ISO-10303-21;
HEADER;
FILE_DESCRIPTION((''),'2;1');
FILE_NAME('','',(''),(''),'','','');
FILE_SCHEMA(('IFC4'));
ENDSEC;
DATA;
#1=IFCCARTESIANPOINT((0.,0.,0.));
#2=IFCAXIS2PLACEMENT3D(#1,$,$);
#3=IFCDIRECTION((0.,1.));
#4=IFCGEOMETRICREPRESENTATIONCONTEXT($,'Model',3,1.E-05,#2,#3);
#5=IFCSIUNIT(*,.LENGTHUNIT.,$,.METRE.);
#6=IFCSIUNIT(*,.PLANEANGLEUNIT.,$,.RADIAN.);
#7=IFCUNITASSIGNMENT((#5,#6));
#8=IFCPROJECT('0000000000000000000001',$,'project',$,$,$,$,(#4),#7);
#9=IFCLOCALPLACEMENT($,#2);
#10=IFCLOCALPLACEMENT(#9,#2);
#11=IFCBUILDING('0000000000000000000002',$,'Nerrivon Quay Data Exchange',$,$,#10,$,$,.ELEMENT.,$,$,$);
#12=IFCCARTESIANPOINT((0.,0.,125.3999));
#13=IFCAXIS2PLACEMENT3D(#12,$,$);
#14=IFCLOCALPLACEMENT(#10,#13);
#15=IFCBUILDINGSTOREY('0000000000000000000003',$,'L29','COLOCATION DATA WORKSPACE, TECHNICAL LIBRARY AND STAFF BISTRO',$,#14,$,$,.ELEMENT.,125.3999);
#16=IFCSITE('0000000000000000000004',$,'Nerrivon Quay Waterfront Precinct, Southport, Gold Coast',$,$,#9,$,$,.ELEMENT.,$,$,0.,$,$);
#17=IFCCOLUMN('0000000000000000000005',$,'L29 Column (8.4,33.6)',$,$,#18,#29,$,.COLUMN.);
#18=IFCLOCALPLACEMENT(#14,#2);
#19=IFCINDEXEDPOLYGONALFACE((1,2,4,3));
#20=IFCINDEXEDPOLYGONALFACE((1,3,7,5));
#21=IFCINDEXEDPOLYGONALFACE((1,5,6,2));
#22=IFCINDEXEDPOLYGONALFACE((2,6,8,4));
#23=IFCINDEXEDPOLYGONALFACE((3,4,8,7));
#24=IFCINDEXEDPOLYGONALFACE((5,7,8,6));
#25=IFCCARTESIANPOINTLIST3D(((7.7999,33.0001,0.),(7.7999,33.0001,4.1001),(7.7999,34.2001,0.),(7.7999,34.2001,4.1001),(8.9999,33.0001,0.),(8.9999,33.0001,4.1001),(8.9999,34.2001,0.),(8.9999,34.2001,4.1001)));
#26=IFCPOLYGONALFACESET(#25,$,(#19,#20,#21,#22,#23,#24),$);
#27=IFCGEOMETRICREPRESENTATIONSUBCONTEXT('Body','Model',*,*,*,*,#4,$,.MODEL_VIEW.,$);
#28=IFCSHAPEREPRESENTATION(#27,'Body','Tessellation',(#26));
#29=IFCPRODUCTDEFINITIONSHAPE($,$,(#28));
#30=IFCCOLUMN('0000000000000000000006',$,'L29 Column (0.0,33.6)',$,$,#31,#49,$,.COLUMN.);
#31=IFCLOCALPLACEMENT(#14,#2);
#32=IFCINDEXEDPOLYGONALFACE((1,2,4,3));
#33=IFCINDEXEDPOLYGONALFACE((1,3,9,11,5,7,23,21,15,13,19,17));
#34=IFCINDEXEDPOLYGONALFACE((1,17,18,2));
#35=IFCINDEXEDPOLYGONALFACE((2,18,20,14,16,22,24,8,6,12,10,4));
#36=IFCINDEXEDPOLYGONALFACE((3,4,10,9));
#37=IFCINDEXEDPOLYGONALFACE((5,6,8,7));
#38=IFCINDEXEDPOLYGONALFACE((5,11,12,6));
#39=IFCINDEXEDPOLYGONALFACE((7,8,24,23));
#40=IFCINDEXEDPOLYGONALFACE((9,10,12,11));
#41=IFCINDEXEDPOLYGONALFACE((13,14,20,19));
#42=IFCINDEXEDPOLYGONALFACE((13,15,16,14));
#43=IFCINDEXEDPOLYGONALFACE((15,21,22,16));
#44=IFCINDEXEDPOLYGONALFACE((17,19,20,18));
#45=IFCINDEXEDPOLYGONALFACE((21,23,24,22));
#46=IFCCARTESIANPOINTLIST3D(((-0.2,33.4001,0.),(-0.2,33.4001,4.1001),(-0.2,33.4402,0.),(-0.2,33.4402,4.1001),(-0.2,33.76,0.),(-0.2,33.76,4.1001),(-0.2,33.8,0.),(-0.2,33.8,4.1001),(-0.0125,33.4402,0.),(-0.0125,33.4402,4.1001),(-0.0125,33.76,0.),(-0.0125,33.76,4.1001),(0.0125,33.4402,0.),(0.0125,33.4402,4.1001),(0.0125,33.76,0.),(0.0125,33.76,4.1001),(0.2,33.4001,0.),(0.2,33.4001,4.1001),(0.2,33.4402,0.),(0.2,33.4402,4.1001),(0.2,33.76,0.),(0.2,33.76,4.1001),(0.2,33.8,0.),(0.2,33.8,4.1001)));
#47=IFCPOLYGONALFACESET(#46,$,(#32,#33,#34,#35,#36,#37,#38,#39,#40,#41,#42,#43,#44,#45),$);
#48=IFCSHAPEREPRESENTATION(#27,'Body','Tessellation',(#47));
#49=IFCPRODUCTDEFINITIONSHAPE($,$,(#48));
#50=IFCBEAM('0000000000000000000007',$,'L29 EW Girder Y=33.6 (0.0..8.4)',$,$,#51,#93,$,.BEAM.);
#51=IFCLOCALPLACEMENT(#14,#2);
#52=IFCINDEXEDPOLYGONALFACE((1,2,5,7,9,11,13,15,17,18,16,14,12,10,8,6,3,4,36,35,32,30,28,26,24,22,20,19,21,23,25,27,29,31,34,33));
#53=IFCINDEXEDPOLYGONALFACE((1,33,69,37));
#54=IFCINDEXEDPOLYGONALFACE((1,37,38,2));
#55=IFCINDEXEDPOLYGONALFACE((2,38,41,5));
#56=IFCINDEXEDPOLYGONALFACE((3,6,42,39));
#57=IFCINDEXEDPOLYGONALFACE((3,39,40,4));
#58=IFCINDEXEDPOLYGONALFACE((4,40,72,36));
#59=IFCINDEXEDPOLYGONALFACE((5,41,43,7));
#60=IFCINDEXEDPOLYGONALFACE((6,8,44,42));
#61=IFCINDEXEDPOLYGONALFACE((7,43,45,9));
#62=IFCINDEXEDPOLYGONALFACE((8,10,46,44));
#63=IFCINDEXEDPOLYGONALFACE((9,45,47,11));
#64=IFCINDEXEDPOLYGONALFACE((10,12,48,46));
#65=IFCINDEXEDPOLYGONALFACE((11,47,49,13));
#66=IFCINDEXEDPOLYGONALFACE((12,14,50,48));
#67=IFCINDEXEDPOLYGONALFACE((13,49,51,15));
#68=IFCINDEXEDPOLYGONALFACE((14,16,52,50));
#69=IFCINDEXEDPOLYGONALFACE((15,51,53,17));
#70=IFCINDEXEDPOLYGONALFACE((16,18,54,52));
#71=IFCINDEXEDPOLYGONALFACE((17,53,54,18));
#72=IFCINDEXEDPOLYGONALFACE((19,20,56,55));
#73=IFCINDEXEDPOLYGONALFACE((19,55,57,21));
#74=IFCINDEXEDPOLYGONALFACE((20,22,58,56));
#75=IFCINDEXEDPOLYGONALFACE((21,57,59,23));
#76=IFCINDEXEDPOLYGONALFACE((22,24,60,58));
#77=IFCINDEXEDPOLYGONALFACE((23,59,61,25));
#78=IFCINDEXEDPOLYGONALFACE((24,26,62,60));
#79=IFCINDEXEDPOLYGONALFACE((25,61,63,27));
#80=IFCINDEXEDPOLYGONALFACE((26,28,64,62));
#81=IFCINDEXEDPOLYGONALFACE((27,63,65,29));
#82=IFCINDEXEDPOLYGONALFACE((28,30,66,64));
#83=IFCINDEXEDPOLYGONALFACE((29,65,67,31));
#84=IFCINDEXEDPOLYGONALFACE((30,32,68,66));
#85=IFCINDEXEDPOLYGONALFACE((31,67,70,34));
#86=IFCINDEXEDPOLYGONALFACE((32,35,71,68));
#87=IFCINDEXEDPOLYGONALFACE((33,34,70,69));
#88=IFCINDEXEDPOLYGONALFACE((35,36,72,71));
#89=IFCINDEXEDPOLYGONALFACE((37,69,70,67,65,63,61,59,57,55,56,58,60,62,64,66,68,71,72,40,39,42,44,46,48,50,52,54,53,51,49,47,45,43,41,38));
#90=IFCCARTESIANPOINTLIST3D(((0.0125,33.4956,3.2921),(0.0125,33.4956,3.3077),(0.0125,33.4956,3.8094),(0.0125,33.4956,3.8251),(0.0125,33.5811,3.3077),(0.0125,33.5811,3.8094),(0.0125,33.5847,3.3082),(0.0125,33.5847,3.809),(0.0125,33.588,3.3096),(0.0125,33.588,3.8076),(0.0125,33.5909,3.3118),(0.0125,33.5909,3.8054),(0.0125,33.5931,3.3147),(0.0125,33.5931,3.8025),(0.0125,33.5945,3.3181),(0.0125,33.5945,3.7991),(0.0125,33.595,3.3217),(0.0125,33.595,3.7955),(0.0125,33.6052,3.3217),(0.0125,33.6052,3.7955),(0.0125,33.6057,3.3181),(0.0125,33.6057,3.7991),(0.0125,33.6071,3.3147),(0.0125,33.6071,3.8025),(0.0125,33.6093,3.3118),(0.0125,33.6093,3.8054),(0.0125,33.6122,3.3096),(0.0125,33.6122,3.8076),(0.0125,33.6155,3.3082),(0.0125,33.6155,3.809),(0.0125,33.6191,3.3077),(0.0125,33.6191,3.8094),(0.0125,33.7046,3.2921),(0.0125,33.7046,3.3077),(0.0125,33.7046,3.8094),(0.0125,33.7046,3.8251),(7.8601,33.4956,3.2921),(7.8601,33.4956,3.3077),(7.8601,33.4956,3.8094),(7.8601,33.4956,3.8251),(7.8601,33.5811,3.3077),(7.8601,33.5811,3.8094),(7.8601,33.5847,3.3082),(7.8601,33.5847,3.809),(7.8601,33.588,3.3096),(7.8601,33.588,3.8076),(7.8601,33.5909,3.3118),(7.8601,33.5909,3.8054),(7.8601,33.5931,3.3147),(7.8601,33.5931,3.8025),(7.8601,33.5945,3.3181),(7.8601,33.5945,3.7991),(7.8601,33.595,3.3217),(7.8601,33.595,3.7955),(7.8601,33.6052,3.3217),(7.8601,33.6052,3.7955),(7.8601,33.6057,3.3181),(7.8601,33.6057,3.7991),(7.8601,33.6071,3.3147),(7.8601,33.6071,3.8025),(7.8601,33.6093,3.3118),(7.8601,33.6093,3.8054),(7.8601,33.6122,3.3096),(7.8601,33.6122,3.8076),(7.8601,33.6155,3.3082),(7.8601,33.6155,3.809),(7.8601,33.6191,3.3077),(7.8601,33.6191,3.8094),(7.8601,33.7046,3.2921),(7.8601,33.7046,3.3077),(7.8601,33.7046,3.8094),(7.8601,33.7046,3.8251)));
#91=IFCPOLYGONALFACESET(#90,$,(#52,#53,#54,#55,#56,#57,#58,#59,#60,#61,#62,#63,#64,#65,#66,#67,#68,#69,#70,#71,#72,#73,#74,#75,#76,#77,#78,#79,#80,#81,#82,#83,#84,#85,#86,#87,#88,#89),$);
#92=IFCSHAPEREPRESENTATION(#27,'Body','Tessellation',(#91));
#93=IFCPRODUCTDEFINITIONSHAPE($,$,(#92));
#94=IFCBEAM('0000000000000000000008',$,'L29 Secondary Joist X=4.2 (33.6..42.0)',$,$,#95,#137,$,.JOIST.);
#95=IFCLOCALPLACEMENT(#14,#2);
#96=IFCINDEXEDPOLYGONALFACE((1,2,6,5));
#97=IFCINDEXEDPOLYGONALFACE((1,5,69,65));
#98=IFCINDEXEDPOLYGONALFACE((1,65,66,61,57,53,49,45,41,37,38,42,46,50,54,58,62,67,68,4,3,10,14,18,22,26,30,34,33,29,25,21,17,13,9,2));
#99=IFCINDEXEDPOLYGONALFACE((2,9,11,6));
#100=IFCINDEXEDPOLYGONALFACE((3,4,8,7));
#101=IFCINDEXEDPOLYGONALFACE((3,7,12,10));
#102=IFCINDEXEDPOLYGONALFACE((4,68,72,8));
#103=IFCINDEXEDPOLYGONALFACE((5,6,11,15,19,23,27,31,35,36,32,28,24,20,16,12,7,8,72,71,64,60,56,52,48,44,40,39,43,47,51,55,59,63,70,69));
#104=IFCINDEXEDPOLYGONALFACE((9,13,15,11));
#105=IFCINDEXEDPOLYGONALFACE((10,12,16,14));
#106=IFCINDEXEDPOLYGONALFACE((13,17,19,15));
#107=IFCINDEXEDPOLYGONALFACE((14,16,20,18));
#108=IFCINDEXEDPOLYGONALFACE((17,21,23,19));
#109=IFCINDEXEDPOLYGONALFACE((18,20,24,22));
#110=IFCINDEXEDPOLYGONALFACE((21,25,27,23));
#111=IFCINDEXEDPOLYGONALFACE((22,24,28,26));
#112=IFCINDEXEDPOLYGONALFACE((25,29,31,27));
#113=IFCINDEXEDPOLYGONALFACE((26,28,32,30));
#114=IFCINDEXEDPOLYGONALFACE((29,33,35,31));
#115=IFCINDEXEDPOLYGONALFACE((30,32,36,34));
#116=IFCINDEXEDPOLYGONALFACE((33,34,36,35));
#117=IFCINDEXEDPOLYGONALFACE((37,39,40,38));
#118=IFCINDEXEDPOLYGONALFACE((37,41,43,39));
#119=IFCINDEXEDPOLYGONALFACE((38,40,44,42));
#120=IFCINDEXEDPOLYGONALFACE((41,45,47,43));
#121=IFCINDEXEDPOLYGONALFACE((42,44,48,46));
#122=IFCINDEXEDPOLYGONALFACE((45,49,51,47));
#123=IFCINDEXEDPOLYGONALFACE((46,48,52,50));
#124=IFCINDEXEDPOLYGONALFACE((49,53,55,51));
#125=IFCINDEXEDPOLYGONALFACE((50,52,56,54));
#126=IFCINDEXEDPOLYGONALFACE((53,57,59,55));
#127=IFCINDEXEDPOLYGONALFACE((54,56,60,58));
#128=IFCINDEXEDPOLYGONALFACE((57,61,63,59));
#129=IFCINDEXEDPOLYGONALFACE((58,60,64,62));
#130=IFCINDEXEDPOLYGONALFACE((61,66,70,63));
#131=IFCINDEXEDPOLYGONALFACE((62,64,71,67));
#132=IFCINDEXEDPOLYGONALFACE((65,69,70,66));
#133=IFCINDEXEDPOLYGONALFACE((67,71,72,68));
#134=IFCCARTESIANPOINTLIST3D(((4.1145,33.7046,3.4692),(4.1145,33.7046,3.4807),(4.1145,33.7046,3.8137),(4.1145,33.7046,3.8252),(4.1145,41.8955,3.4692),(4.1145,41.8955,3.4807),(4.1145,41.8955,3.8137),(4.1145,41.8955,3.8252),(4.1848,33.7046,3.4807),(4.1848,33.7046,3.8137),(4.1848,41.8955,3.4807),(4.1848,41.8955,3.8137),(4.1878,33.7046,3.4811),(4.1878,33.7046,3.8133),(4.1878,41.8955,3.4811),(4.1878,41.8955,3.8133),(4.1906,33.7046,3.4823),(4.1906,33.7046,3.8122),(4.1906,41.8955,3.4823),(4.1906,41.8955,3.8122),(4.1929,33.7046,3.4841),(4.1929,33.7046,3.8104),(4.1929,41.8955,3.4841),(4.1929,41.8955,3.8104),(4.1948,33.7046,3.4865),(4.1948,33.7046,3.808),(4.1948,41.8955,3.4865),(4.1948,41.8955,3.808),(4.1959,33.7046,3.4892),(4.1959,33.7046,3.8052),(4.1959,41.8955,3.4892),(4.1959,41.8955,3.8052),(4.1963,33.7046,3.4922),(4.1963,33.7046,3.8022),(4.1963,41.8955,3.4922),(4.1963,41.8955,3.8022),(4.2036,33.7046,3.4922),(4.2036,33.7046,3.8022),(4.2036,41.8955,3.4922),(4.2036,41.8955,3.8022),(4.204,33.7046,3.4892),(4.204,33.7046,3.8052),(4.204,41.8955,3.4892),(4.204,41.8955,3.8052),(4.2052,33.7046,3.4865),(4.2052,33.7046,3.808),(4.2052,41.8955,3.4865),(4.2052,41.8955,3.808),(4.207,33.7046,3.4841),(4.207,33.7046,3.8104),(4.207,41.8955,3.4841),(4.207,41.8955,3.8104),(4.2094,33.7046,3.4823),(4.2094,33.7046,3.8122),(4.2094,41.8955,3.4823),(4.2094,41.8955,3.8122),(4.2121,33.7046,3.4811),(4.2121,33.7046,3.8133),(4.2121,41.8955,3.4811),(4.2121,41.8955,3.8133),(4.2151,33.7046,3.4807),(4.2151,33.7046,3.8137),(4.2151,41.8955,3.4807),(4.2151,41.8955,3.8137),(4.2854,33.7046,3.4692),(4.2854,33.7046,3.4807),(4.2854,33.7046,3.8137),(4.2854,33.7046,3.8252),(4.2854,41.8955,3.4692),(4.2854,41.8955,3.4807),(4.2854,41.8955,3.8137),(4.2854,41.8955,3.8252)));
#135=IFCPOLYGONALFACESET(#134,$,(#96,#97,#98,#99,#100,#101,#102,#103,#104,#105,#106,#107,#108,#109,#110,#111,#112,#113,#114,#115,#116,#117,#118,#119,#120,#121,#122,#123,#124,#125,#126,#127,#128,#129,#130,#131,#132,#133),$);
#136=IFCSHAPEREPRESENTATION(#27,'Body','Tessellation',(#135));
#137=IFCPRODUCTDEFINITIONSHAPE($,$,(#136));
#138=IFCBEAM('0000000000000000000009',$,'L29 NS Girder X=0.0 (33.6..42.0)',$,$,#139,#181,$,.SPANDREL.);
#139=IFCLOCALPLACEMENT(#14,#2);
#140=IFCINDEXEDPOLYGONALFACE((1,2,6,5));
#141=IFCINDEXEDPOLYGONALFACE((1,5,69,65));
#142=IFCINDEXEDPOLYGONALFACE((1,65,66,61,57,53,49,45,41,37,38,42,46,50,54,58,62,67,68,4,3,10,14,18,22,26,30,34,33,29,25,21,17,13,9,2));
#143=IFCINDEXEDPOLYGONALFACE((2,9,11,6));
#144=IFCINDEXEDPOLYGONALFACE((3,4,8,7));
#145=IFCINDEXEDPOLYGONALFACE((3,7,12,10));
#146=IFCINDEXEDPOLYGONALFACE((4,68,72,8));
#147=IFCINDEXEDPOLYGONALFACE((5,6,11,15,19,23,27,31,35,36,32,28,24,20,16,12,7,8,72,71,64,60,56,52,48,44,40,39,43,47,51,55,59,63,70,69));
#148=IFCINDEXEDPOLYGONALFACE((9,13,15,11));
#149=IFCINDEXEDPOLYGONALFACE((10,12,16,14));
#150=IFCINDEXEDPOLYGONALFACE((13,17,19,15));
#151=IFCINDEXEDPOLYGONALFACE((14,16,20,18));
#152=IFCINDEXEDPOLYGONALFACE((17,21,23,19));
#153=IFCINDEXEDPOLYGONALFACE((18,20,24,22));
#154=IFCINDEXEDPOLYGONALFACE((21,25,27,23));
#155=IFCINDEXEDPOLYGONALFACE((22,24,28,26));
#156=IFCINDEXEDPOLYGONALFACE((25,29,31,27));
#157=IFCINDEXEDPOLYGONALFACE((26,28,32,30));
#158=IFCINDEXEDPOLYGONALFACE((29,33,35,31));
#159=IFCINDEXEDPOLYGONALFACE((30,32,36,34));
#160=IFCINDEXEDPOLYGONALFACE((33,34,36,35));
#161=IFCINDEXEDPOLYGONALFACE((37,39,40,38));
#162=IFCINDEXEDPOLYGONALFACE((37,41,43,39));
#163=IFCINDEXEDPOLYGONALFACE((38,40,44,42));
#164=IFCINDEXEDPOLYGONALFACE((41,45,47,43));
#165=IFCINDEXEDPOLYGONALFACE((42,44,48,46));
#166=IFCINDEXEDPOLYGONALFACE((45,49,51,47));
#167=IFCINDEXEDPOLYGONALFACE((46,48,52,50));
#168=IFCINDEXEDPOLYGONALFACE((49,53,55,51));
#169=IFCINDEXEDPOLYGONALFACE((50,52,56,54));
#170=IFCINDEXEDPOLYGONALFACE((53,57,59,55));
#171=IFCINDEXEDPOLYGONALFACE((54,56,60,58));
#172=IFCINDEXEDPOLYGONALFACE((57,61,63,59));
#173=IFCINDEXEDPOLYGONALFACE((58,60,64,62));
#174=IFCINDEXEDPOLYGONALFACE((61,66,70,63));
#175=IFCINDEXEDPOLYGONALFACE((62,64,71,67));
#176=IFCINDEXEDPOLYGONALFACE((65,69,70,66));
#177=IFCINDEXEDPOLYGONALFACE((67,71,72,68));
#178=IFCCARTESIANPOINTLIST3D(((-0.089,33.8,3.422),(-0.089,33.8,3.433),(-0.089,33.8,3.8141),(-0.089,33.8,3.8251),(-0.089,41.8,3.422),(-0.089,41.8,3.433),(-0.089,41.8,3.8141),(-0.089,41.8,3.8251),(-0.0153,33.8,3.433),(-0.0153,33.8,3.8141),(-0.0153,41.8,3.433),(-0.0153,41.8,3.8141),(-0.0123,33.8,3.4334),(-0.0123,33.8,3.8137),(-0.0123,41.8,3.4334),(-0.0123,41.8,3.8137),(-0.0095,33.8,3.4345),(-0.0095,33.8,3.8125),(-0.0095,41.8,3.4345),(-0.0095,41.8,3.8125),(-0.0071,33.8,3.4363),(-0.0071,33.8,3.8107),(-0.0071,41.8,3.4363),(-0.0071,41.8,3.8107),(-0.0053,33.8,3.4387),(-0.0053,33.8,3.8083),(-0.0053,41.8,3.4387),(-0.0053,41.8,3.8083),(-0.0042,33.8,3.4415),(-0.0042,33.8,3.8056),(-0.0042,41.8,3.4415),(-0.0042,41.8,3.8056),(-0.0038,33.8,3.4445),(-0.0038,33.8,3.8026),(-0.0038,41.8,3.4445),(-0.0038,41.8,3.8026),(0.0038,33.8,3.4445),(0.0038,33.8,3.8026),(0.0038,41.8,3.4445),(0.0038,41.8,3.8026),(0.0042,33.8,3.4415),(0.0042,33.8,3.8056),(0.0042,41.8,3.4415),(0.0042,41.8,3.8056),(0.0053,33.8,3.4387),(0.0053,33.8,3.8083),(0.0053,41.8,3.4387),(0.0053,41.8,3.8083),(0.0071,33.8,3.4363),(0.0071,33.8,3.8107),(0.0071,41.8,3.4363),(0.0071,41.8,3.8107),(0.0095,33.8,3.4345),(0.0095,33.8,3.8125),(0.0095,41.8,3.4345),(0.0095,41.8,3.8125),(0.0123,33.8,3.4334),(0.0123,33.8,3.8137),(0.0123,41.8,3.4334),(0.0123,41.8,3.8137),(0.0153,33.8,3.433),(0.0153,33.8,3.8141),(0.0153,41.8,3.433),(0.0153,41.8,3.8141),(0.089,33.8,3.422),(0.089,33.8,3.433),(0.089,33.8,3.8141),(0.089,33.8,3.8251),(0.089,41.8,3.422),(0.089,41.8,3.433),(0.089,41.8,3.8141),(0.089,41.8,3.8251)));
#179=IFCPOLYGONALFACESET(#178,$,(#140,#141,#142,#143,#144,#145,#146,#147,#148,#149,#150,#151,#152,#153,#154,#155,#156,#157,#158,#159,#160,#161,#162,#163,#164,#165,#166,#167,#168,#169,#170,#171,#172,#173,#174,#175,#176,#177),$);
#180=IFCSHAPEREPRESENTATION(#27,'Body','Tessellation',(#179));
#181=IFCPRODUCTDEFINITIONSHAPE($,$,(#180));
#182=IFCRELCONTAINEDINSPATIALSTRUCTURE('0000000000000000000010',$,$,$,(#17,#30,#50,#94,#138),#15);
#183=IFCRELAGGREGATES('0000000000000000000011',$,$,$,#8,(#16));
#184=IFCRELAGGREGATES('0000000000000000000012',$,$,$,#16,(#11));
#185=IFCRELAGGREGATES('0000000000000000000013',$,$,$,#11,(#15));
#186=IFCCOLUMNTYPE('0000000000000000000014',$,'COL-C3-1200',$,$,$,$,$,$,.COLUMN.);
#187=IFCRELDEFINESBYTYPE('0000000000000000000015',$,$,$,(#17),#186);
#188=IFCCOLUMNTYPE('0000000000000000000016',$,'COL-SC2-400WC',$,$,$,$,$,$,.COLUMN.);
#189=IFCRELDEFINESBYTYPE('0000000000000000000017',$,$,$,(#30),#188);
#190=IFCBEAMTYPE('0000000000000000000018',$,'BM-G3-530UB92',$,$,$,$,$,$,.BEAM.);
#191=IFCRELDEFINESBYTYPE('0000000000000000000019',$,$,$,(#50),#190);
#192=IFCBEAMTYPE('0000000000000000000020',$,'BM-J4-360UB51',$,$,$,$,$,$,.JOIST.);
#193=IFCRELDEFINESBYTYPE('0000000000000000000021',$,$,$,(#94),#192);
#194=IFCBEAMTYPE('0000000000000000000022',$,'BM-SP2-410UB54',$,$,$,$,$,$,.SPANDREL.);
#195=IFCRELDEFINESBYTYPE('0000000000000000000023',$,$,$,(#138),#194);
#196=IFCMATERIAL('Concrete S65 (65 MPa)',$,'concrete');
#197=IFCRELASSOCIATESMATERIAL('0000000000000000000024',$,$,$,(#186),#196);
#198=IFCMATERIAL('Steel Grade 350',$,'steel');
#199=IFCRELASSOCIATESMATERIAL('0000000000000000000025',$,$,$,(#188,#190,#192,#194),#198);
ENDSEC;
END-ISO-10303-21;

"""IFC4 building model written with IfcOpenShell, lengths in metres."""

from ifc_helpers import new_model, si_unit, direction, frame, origin, origin_2d, place, context, subcontext, project, spatial, rectangle, i_section, extrude, material, material_profile, profile_set, type_object, element, save


model = new_model("IFC4")

# Units and contexts
model_context = context("Model", 3, precision=1e-05, world=origin(), true_north=direction((0.0, 1.0)))
body_context = subcontext(model_context, "Body", "Model", "MODEL_VIEW")
ifc_project = project(units=[si_unit("LENGTHUNIT", "METRE"), si_unit("PLANEANGLEUNIT", "RADIAN")], contexts=[model_context])

# Site, building, storey
site_placement = place(None, origin())
site = spatial("IfcSite", under=ifc_project, at=site_placement, Name="Nerrivon Quay Waterfront Precinct, Southport, Gold Coast", CompositionType="ELEMENT", RefElevation=0.0)
building_placement = place(site_placement, origin())
building = spatial("IfcBuilding", under=site, at=building_placement, Name="Nerrivon Quay Data Exchange", CompositionType="ELEMENT")
storey_placement = place(building_placement, frame((0.0, 0.0, 125.3999)))
storey = spatial("IfcBuildingStorey", under=building, at=storey_placement, Name="L29", Description="COLOCATION DATA WORKSPACE, TECHNICAL LIBRARY AND STAFF BISTRO", CompositionType="ELEMENT", Elevation=125.3999)

# Columns
ifc_material_1 = material(Name="Concrete S65 (65 MPa)", Category="concrete")
ifc_material_profile_1 = material_profile(ifc_material_1, rectangle(XDim=1.2, YDim=1.2, at=origin_2d()), Name="RC-COL-1200x1200")
ifc_profile_set_1 = profile_set([ifc_material_profile_1], Name="Concrete S65 (65 MPa)")
column_type_1 = type_object("IfcColumnType", Name="COL-C3-1200", PredefinedType="COLUMN", material=ifc_profile_set_1)
column_1_placement = place(storey_placement, frame((8.3999, 33.6001, 0.0), z_axis=(0.0, 0.0, 1.0), x_axis=(1.0, 0.0, 0.0)))
element("IfcColumn", 1, at=column_1_placement, inside=storey, type_object=column_type_1, Name="L29 Column (8.4,33.6)", PredefinedType="COLUMN", context=body_context, shape_type="SweptSolid", body=[
    extrude(rectangle(XDim=1.2, YDim=1.2, at=origin_2d()), origin(), (0.0, 0.0, 1.0), 4.1001),
])
ifc_material_2 = material(Name="Steel Grade 350", Category="steel")
ifc_material_profile_2 = material_profile(ifc_material_2, i_section(OverallWidth=0.3999, OverallDepth=0.3999, WebThickness=0.0249, FlangeThickness=0.04, at=origin_2d()), Name="400WC328")
ifc_profile_set_2 = profile_set([ifc_material_profile_2], Name="Steel Grade 350")
column_type_2 = type_object("IfcColumnType", Name="COL-SC2-400WC", PredefinedType="COLUMN", material=ifc_profile_set_2)
column_2_placement = place(storey_placement, frame((0.0, 33.6001, 0.0), z_axis=(0.0, 0.0, 1.0), x_axis=(1.0, 0.0, 0.0)))
element("IfcColumn", 2, at=column_2_placement, inside=storey, type_object=column_type_2, Name="L29 Column (0.0,33.6)", PredefinedType="COLUMN", context=body_context, shape_type="SweptSolid", body=[
    extrude(i_section(OverallWidth=0.3999, OverallDepth=0.3999, WebThickness=0.0249, FlangeThickness=0.04, at=origin_2d()), origin(), (0.0, 0.0, 1.0), 4.1001),
])

# Beams
ifc_material_profile_3 = material_profile(ifc_material_2, i_section(OverallWidth=0.209, OverallDepth=0.533, WebThickness=0.0103, FlangeThickness=0.0156, FilletRadius=0.0139, at=origin_2d()), Name="530UB92.4")
ifc_profile_set_3 = profile_set([ifc_material_profile_3], Name="Steel Grade 350")
beam_type_1 = type_object("IfcBeamType", Name="BM-G3-530UB92", PredefinedType="BEAM", material=ifc_profile_set_3)
beam_1_placement = place(storey_placement, frame((0.0125, 33.6001, 3.5586), z_axis=(1.0, 0.0, 0.0), x_axis=(0.0, 1.0, 0.0)))
element("IfcBeam", 3, at=beam_1_placement, inside=storey, type_object=beam_type_1, Name="L29 EW Girder Y=33.6 (0.0..8.4)", PredefinedType="BEAM", context=body_context, shape_type="SweptSolid", body=[
    extrude(i_section(OverallWidth=0.209, OverallDepth=0.533, WebThickness=0.0103, FlangeThickness=0.0156, FilletRadius=0.0139, at=origin_2d()), origin(), (0.0, 0.0, 1.0), 7.8477),
])
ifc_material_profile_4 = material_profile(ifc_material_2, i_section(OverallWidth=0.1709, OverallDepth=0.356, WebThickness=0.0073, FlangeThickness=0.0115, FilletRadius=0.0115, at=origin_2d()), Name="360UB50.7")
ifc_profile_set_4 = profile_set([ifc_material_profile_4], Name="Steel Grade 350")
beam_type_2 = type_object("IfcBeamType", Name="BM-J4-360UB51", PredefinedType="JOIST", material=ifc_profile_set_4)
beam_2_placement = place(storey_placement, frame((4.2, 33.7046, 3.6472), z_axis=(0.0, 1.0, 0.0), x_axis=(-1.0, 0.0, 0.0)))
element("IfcBeam", 4, at=beam_2_placement, inside=storey, type_object=beam_type_2, Name="L29 Secondary Joist X=4.2 (33.6..42.0)", PredefinedType="JOIST", context=body_context, shape_type="SweptSolid", body=[
    extrude(i_section(OverallWidth=0.1709, OverallDepth=0.356, WebThickness=0.0073, FlangeThickness=0.0115, FilletRadius=0.0115, at=origin_2d()), origin(), (0.0, 0.0, 1.0), 8.1909),
])
ifc_material_profile_5 = material_profile(ifc_material_2, i_section(OverallWidth=0.178, OverallDepth=0.4031, WebThickness=0.0076, FlangeThickness=0.011, FilletRadius=0.0115, at=origin_2d()), Name="410UB53.7")
ifc_profile_set_5 = profile_set([ifc_material_profile_5], Name="Steel Grade 350")
beam_type_3 = type_object("IfcBeamType", Name="BM-SP2-410UB54", PredefinedType="SPANDREL", material=ifc_profile_set_5)
beam_3_placement = place(storey_placement, frame((0.0, 33.8, 3.6235), z_axis=(0.0, 1.0, 0.0), x_axis=(-1.0, 0.0, 0.0)))
element("IfcBeam", 5, at=beam_3_placement, inside=storey, type_object=beam_type_3, Name="L29 NS Girder X=0.0 (33.6..42.0)", PredefinedType="SPANDREL", context=body_context, shape_type="SweptSolid", body=[
    extrude(i_section(OverallWidth=0.178, OverallDepth=0.4031, WebThickness=0.0076, FlangeThickness=0.011, FilletRadius=0.0115, at=origin_2d()), origin(), (0.0, 0.0, 1.0), 8.0),
])

save(model, "model.ifc")
